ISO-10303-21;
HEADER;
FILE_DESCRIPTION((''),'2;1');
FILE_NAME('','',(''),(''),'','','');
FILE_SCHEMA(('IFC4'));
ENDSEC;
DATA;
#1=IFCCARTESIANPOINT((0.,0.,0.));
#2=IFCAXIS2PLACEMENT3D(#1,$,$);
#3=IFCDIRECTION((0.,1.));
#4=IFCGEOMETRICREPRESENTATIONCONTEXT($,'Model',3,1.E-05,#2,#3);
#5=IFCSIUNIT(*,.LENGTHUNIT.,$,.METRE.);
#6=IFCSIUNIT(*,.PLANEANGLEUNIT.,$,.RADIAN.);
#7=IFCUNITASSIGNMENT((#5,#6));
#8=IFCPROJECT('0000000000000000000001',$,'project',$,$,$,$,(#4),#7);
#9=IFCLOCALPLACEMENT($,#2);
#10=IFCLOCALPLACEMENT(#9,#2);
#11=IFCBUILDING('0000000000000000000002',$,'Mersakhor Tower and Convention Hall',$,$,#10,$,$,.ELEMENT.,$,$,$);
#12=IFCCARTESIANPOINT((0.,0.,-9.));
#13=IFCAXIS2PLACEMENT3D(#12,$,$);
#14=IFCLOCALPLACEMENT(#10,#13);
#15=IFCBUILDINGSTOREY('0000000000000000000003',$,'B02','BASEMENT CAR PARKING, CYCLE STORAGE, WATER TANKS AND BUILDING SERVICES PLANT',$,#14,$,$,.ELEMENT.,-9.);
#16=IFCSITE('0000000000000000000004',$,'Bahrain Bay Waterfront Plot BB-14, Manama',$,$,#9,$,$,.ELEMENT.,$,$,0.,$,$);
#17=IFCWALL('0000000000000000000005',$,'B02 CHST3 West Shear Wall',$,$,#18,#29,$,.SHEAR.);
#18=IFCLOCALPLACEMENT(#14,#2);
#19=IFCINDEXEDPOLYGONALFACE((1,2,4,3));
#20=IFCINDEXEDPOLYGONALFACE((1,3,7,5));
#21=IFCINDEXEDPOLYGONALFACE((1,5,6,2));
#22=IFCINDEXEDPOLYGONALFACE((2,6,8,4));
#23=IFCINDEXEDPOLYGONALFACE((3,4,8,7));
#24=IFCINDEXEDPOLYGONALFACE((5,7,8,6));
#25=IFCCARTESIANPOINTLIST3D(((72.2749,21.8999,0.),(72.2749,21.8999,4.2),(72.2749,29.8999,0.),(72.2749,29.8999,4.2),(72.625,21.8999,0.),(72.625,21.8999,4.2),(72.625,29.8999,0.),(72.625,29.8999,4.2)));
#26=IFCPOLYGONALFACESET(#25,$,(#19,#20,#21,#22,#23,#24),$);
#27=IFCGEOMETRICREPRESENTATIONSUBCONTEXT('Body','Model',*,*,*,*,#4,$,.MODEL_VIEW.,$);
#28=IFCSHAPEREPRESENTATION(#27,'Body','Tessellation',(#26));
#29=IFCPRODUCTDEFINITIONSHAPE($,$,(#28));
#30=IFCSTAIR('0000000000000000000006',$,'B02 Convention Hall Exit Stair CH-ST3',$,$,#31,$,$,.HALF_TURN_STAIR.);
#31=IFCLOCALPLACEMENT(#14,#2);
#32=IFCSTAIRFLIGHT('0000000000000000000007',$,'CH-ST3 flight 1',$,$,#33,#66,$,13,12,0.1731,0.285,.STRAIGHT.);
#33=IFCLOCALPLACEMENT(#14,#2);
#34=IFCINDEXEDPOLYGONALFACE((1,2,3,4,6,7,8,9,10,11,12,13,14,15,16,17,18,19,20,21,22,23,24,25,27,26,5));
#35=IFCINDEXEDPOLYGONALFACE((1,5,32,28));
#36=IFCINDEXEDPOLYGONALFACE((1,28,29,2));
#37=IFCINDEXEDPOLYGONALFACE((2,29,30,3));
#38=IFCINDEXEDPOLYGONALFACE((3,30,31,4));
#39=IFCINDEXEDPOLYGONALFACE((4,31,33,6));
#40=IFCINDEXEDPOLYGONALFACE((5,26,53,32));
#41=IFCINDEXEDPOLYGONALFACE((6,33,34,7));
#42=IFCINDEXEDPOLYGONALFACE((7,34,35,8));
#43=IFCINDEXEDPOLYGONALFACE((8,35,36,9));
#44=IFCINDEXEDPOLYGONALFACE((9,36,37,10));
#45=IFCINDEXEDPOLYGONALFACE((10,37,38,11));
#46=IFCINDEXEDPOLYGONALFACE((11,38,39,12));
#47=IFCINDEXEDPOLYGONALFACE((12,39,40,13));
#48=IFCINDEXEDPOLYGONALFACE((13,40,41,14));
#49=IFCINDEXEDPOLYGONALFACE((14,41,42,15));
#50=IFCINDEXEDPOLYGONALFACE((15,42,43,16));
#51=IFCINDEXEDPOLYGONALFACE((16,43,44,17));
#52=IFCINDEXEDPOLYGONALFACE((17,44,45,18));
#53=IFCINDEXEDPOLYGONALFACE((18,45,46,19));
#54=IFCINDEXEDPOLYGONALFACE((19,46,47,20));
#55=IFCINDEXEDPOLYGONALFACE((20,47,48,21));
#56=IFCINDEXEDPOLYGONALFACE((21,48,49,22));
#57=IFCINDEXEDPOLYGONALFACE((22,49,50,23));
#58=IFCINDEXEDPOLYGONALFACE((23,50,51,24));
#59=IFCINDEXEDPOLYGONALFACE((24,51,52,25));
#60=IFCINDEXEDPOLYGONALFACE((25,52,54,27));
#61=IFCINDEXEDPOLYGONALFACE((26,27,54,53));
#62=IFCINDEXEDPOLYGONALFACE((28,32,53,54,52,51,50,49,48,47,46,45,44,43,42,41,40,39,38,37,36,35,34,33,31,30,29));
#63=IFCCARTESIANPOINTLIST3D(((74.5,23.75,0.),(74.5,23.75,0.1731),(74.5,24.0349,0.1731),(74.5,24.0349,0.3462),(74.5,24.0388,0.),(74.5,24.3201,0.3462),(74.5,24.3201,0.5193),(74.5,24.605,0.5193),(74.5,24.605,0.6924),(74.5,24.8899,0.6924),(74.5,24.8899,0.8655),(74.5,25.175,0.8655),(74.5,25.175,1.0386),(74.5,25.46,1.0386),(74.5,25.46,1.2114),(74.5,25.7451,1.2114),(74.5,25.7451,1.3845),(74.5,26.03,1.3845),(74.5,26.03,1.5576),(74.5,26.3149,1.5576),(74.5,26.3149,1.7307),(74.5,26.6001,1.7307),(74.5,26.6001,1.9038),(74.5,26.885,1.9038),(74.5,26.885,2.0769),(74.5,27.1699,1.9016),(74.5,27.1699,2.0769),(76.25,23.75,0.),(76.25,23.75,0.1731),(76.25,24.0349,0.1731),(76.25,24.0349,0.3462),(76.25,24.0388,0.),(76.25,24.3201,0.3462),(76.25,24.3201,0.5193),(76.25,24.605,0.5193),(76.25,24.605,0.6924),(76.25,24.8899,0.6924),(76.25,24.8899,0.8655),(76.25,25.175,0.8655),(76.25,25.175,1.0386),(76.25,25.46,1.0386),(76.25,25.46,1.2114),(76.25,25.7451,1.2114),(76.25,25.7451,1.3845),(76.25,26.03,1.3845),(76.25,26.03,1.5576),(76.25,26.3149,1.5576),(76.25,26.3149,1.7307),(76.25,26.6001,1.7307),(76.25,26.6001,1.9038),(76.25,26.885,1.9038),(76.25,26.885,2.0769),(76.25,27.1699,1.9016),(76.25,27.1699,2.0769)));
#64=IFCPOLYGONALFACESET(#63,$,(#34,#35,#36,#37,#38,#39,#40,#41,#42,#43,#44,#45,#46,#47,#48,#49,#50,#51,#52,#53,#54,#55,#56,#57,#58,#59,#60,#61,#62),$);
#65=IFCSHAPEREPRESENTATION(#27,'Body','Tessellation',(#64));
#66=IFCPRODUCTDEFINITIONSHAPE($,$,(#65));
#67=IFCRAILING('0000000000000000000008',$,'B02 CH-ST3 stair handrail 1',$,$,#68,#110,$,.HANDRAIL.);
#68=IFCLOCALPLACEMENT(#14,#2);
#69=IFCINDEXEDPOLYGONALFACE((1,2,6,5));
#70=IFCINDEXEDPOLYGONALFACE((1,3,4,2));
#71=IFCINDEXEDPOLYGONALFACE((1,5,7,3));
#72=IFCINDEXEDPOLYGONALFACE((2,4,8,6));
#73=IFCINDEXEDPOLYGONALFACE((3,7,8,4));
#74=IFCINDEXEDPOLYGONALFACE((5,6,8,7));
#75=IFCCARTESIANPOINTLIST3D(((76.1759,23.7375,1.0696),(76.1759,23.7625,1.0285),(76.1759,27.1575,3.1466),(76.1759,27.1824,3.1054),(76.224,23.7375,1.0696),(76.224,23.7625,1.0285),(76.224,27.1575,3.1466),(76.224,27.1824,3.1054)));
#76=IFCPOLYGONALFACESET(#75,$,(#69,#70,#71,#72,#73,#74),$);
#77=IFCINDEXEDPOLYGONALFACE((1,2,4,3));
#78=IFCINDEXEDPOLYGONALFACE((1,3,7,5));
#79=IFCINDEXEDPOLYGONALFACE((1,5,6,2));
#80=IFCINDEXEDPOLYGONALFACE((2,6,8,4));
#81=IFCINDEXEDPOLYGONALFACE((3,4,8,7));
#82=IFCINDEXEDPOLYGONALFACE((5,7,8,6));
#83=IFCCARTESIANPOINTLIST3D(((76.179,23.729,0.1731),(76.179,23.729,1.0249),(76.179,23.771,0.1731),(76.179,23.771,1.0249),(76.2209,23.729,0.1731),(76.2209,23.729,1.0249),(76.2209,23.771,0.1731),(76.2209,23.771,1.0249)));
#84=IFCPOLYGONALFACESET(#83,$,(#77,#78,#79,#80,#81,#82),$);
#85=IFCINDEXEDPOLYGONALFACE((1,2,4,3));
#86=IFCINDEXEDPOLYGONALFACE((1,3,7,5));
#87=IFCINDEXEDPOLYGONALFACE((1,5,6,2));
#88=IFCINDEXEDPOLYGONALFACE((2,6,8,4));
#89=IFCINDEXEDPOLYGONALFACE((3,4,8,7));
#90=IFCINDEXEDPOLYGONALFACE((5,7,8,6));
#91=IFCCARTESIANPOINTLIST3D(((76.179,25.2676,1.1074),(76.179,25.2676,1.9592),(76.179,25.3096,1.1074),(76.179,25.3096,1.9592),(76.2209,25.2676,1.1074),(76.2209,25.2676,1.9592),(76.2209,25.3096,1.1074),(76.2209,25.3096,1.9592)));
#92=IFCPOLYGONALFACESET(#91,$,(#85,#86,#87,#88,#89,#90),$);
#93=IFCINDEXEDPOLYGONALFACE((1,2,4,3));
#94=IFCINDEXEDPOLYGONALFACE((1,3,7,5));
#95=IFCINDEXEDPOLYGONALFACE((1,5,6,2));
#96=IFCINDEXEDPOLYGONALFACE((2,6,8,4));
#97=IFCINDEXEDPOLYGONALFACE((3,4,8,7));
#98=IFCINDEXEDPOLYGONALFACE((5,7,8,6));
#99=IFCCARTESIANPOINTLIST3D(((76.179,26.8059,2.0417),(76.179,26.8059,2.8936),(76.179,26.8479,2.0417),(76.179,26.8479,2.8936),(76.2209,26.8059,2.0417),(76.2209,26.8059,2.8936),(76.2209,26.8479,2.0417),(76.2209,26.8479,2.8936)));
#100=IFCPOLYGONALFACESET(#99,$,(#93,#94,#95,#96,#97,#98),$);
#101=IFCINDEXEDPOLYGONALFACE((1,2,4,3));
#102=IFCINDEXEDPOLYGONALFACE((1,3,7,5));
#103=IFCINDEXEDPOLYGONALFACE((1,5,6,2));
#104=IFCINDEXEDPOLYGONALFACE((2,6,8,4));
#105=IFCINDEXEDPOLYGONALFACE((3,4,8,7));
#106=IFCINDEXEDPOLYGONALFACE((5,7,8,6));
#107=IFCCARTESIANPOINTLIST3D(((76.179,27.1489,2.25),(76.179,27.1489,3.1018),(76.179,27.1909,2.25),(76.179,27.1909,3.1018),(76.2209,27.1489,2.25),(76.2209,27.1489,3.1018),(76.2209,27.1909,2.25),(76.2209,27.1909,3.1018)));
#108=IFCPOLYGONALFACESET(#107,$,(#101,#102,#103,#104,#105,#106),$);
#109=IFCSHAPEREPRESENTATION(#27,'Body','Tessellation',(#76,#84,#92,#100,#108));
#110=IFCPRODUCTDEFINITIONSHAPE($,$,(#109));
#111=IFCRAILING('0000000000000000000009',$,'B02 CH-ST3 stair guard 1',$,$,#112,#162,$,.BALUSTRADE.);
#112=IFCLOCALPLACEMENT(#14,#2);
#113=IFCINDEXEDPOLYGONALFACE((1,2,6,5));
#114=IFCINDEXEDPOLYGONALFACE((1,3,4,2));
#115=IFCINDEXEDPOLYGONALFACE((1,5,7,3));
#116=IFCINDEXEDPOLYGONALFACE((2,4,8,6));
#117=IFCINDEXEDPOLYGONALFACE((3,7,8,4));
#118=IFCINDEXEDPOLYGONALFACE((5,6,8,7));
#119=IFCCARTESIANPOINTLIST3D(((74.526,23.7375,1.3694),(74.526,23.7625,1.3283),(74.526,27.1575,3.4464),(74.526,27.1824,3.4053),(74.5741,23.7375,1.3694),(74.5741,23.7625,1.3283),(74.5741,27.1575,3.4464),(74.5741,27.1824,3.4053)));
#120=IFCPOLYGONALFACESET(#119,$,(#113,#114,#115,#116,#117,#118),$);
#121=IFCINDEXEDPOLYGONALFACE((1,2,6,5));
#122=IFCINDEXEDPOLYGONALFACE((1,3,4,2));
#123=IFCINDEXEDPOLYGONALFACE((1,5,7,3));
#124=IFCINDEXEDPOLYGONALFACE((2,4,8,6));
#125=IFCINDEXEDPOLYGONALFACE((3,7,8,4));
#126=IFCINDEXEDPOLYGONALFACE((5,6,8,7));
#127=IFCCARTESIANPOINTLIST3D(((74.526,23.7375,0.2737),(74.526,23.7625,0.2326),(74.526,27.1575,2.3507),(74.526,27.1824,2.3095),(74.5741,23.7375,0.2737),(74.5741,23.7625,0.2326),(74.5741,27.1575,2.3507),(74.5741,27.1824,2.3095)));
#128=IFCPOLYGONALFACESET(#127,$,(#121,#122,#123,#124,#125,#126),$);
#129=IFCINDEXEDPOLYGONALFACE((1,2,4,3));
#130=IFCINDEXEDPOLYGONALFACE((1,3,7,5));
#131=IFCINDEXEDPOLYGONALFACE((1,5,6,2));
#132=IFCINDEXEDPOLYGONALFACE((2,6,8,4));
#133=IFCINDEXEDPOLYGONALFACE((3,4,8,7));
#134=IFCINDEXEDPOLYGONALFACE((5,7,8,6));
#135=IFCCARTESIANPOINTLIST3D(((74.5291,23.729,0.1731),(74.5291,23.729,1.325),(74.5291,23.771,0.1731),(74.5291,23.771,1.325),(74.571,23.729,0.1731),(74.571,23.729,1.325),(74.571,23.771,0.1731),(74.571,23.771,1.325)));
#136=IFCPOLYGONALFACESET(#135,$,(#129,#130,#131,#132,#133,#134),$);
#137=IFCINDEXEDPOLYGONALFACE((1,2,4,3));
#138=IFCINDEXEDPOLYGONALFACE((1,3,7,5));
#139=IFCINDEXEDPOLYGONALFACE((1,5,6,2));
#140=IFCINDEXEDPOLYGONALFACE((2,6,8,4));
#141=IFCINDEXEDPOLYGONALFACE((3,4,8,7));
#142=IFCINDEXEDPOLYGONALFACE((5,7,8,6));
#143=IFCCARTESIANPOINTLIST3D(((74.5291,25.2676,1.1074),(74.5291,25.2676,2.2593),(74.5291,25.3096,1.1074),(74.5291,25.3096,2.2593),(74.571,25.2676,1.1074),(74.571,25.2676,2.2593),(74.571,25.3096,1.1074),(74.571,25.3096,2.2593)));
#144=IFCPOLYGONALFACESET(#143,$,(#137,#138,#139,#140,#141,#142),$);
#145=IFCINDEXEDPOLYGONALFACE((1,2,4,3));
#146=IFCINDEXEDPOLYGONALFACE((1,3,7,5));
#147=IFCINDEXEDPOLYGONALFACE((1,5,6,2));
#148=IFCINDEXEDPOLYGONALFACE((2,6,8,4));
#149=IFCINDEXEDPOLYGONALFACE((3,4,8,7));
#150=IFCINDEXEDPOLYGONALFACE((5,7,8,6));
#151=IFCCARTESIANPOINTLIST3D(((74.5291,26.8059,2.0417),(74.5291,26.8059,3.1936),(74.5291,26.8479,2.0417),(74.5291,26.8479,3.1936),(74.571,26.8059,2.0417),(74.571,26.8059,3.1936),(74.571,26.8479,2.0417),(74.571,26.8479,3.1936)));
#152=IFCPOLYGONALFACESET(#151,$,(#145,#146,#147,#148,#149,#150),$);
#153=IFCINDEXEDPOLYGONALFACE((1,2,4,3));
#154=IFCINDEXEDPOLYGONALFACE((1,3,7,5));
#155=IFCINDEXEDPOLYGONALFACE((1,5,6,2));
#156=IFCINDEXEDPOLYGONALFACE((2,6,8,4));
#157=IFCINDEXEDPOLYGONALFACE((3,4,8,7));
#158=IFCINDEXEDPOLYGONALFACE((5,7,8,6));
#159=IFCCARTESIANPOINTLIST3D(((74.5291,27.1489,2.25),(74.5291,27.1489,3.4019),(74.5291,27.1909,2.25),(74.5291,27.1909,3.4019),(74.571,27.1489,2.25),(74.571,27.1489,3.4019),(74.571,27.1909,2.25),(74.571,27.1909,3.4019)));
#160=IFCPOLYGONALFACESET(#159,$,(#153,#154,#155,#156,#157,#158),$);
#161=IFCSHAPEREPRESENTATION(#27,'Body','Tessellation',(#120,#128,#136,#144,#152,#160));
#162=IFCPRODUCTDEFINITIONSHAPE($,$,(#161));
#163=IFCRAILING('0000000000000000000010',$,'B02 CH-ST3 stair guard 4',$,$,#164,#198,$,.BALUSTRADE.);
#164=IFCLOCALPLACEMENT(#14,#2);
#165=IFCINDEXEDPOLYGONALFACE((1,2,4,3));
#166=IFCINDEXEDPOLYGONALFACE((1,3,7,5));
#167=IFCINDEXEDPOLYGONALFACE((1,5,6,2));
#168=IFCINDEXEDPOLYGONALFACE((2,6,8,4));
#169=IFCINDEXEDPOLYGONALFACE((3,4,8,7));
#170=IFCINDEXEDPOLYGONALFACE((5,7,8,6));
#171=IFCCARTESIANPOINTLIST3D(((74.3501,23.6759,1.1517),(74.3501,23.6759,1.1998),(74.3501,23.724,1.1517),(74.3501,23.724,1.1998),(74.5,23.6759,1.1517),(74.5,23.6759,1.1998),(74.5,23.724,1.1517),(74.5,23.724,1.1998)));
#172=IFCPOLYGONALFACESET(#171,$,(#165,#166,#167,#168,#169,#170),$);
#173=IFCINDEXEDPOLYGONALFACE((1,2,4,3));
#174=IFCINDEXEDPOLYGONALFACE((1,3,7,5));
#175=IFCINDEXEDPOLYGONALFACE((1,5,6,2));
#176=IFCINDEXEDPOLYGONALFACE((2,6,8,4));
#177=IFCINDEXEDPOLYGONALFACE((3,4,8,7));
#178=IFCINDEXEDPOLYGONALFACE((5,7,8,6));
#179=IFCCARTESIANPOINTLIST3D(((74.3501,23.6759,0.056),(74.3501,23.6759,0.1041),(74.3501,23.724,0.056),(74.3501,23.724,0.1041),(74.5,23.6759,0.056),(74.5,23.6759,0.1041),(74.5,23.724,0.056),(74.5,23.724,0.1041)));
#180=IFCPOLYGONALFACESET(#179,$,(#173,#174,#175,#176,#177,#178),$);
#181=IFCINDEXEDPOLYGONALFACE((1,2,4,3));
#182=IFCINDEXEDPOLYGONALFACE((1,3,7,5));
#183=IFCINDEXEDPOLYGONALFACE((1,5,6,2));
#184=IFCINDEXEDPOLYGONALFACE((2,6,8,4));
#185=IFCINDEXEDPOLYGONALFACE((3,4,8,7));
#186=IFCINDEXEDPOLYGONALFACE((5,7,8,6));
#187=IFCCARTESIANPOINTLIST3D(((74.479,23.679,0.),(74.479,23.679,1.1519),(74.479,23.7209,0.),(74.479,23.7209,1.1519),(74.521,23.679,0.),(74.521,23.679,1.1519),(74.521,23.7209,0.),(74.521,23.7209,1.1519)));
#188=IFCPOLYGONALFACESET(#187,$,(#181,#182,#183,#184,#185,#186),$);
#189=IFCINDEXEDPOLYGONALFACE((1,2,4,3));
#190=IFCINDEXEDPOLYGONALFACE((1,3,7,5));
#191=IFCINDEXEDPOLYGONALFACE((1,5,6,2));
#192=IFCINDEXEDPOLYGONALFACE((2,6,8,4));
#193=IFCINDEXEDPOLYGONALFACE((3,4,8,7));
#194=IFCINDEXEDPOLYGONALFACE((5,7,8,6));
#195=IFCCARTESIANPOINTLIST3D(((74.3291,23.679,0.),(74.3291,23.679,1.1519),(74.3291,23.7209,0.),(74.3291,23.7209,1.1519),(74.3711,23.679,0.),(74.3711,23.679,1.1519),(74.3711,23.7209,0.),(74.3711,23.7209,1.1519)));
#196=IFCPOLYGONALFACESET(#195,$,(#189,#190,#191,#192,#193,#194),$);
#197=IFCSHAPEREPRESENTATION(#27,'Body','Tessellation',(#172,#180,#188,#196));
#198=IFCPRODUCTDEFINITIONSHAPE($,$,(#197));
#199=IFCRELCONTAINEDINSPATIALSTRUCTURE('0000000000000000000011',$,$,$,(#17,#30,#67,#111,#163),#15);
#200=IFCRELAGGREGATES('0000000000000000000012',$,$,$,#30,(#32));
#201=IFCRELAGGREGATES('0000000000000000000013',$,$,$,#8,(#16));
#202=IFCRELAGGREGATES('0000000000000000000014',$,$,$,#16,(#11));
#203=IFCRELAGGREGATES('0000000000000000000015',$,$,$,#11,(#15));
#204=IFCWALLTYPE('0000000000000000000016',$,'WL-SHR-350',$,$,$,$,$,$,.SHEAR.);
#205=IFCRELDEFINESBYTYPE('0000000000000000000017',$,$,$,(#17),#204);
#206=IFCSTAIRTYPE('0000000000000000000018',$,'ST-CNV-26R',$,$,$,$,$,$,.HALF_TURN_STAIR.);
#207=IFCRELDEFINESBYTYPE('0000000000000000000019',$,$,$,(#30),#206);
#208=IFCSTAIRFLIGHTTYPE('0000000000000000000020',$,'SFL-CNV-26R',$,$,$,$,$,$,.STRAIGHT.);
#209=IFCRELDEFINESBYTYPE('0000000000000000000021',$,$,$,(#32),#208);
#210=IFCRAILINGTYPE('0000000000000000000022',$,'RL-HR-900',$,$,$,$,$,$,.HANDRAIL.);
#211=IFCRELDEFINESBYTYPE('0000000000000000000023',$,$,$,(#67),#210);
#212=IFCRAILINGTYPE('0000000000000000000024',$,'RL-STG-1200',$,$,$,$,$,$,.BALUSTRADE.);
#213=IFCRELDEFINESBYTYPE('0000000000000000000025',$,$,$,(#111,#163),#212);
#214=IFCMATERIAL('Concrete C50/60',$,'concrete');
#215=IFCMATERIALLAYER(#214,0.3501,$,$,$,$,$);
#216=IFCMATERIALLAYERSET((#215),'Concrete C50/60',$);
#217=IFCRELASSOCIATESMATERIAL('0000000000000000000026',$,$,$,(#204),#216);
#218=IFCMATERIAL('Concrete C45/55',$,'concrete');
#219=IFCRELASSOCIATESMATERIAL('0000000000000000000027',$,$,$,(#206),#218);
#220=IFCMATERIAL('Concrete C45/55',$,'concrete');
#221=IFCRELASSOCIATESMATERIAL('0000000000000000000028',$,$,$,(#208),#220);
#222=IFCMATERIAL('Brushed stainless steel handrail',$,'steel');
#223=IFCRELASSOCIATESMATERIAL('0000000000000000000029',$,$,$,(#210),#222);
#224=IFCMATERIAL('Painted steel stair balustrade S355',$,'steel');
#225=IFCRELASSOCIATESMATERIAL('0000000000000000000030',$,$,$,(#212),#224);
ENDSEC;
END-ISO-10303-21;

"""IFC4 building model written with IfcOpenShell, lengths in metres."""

from ifc_helpers import new_model, si_unit, direction, frame, frame_2d, origin, origin_2d, place, context, subcontext, project, spatial, polyline, rectangle, outline, extrude, material, layer, layer_set, type_object, element, aggregate, save


model = new_model("IFC4")

# Units and contexts
model_context = context("Model", 3, precision=1e-05, world=origin(), true_north=direction((0.0, 1.0)))
body_context = subcontext(model_context, "Body", "Model", "MODEL_VIEW")
ifc_project = project(units=[si_unit("LENGTHUNIT", "METRE"), si_unit("PLANEANGLEUNIT", "RADIAN")], contexts=[model_context])

# Site, building, storey
site_placement = place(None, origin())
site = spatial("IfcSite", under=ifc_project, at=site_placement, Name="Bahrain Bay Waterfront Plot BB-14, Manama", CompositionType="ELEMENT", RefElevation=0.0)
building_placement = place(site_placement, origin())
building = spatial("IfcBuilding", under=site, at=building_placement, Name="Mersakhor Tower and Convention Hall", CompositionType="ELEMENT")
storey_placement = place(building_placement, frame((0.0, 0.0, -9.0)))
storey = spatial("IfcBuildingStorey", under=building, at=storey_placement, Name="B02", Description="BASEMENT CAR PARKING, CYCLE STORAGE, WATER TANKS AND BUILDING SERVICES PLANT", CompositionType="ELEMENT", Elevation=-9.0)

# Wall
ifc_material_1 = material(Name="Concrete C50/60", Category="concrete")
ifc_layer_1 = layer(ifc_material_1, 0.3501)
ifc_layer_set_1 = layer_set([ifc_layer_1], Name="Concrete C50/60")
wall_type_1 = type_object("IfcWallType", Name="WL-SHR-350", PredefinedType="SHEAR", material=ifc_layer_set_1)
for number, where, z_axis, x_axis, name in (
    (1, (72.45, 21.8999, 0.0), (0.0, 0.0, 1.0), (0.0, 1.0, 0.0), "B02 CHST3 West Shear Wall"),
):
    element("IfcWall", number, at=place(storey_placement, frame(where, z_axis=z_axis, x_axis=x_axis)), inside=storey, type_object=wall_type_1, Name=name, PredefinedType="SHEAR", context=body_context, shape_type="SweptSolid", body=[
        extrude(rectangle(XDim=8.0, YDim=0.3501, at=frame_2d((4.0, 0.0))), origin(), (0.0, 0.0, 1.0), 4.2),
    ])

# Stair, stair flight
ifc_material_2 = material(Name="Concrete C45/55", Category="concrete")
stair_type = type_object("IfcStairType", Name="ST-CNV-26R", PredefinedType="HALF_TURN_STAIR", material=ifc_material_2)
stair_placement = place(storey_placement, origin())
stair = element("IfcStair", 2, at=stair_placement, inside=storey, type_object=stair_type, Name="B02 Convention Hall Exit Stair CH-ST3", PredefinedType="HALF_TURN_STAIR")
ifc_material_3 = material(Name="Concrete C45/55", Category="concrete")
stair_flight_type = type_object("IfcStairFlightType", Name="SFL-CNV-26R", PredefinedType="STRAIGHT", material=ifc_material_3)
stair_flight_placement = place(storey_placement, frame((75.375, 23.75, 0.0), z_axis=(0.0, 0.0, 1.0), x_axis=(0.0, 1.0, 0.0)))
stair_flight = element("IfcStairFlight", 3, at=stair_flight_placement, type_object=stair_flight_type, Name="CH-ST3 flight 1", NumberOfRisers=13, NumberOfTreads=12, PredefinedType="STRAIGHT", RiserHeight=0.1731, TreadLength=0.285, context=body_context, shape_type="SweptSolid", body=[
    extrude(outline(polyline([(0.0, 0.0), (0.0, 0.1731), (0.2849, 0.1731), (0.2849, 0.3462), (0.5701, 0.3462), (0.5701, 0.5193), (0.855, 0.5193), (0.855, 0.6924), (1.1399, 0.6924), (1.1399, 0.8655), (1.425, 0.8655), (1.425, 1.0386), (1.71, 1.0386), (1.71, 1.2114), (1.9951, 1.2114), (1.9951, 1.3845), (2.28, 1.3845), (2.28, 1.5576), (2.5649, 1.5576), (2.5649, 1.7307), (2.8501, 1.7307), (2.8501, 1.9038), (3.135, 1.9038), (3.135, 2.0769), (3.4199, 2.0769), (3.4199, 2.25), (3.4199, 1.9016), (0.2888, 0.0), (0.0, 0.0)])), frame((0.0, 0.875, 0.0), z_axis=(0.0, -1.0, 0.0), x_axis=(1.0, 0.0, 0.0)), (0.0, 0.0, 1.0), 1.75),
])
aggregate(stair, [stair_flight])

# Railings
ifc_material_4 = material(Name="Brushed stainless steel handrail", Category="steel")
railing_type_1 = type_object("IfcRailingType", Name="RL-HR-900", PredefinedType="HANDRAIL", material=ifc_material_4)
railing_1_placement = place(storey_placement, frame((76.2, 23.75, 0.1731)))
element("IfcRailing", 4, at=railing_1_placement, inside=storey, type_object=railing_type_1, Name="B02 CH-ST3 stair handrail 1", PredefinedType="HANDRAIL", context=body_context, shape_type="SweptSolid", body=[
    extrude(rectangle(XDim=0.0481, YDim=0.0481, at=origin_2d()), frame((0.0, 0.0, 0.876), z_axis=(0.0, 0.85473, 0.519074), x_axis=(-1.0, 0.0, 0.0)), (0.0, 0.0, 1.0), 4.0012),
    extrude(rectangle(XDim=0.042, YDim=0.042, at=origin_2d()), origin(), (0.0, 0.0, 1.0), 0.8518),
    extrude(rectangle(XDim=0.042, YDim=0.042, at=origin_2d()), frame((0.0, 1.5386, 0.9343)), (0.0, 0.0, 1.0), 0.8518),
    extrude(rectangle(XDim=0.042, YDim=0.042, at=origin_2d()), frame((0.0, 3.0769, 1.8687)), (0.0, 0.0, 1.0), 0.8518),
    extrude(rectangle(XDim=0.042, YDim=0.042, at=origin_2d()), frame((0.0, 3.4199, 2.0769)), (0.0, 0.0, 1.0), 0.8518),
])
ifc_material_5 = material(Name="Painted steel stair balustrade S355", Category="steel")
railing_type_2 = type_object("IfcRailingType", Name="RL-STG-1200", PredefinedType="BALUSTRADE", material=ifc_material_5)
railing_2_placement = place(storey_placement, frame((74.55, 23.75, 0.1731)))
element("IfcRailing", 5, at=railing_2_placement, inside=storey, type_object=railing_type_2, Name="B02 CH-ST3 stair guard 1", PredefinedType="BALUSTRADE", context=body_context, shape_type="SweptSolid", body=[
    extrude(rectangle(XDim=0.0481, YDim=0.0481, at=origin_2d()), frame((0.0, 0.0, 1.1758), z_axis=(0.0, 0.85473, 0.519074), x_axis=(-1.0, 0.0, 0.0)), (0.0, 0.0, 1.0), 4.0012),
    extrude(rectangle(XDim=0.0481, YDim=0.0481, at=origin_2d()), frame((0.0, 0.0, 0.0801), z_axis=(0.0, 0.85473, 0.519074), x_axis=(-1.0, 0.0, 0.0)), (0.0, 0.0, 1.0), 4.0012),
    extrude(rectangle(XDim=0.042, YDim=0.042, at=origin_2d()), origin(), (0.0, 0.0, 1.0), 1.1519),
    extrude(rectangle(XDim=0.042, YDim=0.042, at=origin_2d()), frame((0.0, 1.5386, 0.9343)), (0.0, 0.0, 1.0), 1.1519),
    extrude(rectangle(XDim=0.042, YDim=0.042, at=origin_2d()), frame((0.0, 3.0769, 1.8687)), (0.0, 0.0, 1.0), 1.1519),
    extrude(rectangle(XDim=0.042, YDim=0.042, at=origin_2d()), frame((0.0, 3.4199, 2.0769)), (0.0, 0.0, 1.0), 1.1519),
])
railing_3_placement = place(storey_placement, frame((74.5, 23.7, 0.0)))
element("IfcRailing", 6, at=railing_3_placement, inside=storey, type_object=railing_type_2, Name="B02 CH-ST3 stair guard 4", PredefinedType="BALUSTRADE", context=body_context, shape_type="SweptSolid", body=[
    extrude(rectangle(XDim=0.0481, YDim=0.0481, at=origin_2d()), frame((0.0, 0.0, 1.1758), z_axis=(-1.0, 0.0, 0.0), x_axis=(0.0, -1.0, 0.0)), (0.0, 0.0, 1.0), 0.1499),
    extrude(rectangle(XDim=0.0481, YDim=0.0481, at=origin_2d()), frame((0.0, 0.0, 0.0801), z_axis=(-1.0, 0.0, 0.0), x_axis=(0.0, -1.0, 0.0)), (0.0, 0.0, 1.0), 0.1499),
    extrude(rectangle(XDim=0.042, YDim=0.042, at=origin_2d()), origin(), (0.0, 0.0, 1.0), 1.1519),
    extrude(rectangle(XDim=0.042, YDim=0.042, at=origin_2d()), frame((-0.1499, 0.0, 0.0)), (0.0, 0.0, 1.0), 1.1519),
])

save(model, "model.ifc")
